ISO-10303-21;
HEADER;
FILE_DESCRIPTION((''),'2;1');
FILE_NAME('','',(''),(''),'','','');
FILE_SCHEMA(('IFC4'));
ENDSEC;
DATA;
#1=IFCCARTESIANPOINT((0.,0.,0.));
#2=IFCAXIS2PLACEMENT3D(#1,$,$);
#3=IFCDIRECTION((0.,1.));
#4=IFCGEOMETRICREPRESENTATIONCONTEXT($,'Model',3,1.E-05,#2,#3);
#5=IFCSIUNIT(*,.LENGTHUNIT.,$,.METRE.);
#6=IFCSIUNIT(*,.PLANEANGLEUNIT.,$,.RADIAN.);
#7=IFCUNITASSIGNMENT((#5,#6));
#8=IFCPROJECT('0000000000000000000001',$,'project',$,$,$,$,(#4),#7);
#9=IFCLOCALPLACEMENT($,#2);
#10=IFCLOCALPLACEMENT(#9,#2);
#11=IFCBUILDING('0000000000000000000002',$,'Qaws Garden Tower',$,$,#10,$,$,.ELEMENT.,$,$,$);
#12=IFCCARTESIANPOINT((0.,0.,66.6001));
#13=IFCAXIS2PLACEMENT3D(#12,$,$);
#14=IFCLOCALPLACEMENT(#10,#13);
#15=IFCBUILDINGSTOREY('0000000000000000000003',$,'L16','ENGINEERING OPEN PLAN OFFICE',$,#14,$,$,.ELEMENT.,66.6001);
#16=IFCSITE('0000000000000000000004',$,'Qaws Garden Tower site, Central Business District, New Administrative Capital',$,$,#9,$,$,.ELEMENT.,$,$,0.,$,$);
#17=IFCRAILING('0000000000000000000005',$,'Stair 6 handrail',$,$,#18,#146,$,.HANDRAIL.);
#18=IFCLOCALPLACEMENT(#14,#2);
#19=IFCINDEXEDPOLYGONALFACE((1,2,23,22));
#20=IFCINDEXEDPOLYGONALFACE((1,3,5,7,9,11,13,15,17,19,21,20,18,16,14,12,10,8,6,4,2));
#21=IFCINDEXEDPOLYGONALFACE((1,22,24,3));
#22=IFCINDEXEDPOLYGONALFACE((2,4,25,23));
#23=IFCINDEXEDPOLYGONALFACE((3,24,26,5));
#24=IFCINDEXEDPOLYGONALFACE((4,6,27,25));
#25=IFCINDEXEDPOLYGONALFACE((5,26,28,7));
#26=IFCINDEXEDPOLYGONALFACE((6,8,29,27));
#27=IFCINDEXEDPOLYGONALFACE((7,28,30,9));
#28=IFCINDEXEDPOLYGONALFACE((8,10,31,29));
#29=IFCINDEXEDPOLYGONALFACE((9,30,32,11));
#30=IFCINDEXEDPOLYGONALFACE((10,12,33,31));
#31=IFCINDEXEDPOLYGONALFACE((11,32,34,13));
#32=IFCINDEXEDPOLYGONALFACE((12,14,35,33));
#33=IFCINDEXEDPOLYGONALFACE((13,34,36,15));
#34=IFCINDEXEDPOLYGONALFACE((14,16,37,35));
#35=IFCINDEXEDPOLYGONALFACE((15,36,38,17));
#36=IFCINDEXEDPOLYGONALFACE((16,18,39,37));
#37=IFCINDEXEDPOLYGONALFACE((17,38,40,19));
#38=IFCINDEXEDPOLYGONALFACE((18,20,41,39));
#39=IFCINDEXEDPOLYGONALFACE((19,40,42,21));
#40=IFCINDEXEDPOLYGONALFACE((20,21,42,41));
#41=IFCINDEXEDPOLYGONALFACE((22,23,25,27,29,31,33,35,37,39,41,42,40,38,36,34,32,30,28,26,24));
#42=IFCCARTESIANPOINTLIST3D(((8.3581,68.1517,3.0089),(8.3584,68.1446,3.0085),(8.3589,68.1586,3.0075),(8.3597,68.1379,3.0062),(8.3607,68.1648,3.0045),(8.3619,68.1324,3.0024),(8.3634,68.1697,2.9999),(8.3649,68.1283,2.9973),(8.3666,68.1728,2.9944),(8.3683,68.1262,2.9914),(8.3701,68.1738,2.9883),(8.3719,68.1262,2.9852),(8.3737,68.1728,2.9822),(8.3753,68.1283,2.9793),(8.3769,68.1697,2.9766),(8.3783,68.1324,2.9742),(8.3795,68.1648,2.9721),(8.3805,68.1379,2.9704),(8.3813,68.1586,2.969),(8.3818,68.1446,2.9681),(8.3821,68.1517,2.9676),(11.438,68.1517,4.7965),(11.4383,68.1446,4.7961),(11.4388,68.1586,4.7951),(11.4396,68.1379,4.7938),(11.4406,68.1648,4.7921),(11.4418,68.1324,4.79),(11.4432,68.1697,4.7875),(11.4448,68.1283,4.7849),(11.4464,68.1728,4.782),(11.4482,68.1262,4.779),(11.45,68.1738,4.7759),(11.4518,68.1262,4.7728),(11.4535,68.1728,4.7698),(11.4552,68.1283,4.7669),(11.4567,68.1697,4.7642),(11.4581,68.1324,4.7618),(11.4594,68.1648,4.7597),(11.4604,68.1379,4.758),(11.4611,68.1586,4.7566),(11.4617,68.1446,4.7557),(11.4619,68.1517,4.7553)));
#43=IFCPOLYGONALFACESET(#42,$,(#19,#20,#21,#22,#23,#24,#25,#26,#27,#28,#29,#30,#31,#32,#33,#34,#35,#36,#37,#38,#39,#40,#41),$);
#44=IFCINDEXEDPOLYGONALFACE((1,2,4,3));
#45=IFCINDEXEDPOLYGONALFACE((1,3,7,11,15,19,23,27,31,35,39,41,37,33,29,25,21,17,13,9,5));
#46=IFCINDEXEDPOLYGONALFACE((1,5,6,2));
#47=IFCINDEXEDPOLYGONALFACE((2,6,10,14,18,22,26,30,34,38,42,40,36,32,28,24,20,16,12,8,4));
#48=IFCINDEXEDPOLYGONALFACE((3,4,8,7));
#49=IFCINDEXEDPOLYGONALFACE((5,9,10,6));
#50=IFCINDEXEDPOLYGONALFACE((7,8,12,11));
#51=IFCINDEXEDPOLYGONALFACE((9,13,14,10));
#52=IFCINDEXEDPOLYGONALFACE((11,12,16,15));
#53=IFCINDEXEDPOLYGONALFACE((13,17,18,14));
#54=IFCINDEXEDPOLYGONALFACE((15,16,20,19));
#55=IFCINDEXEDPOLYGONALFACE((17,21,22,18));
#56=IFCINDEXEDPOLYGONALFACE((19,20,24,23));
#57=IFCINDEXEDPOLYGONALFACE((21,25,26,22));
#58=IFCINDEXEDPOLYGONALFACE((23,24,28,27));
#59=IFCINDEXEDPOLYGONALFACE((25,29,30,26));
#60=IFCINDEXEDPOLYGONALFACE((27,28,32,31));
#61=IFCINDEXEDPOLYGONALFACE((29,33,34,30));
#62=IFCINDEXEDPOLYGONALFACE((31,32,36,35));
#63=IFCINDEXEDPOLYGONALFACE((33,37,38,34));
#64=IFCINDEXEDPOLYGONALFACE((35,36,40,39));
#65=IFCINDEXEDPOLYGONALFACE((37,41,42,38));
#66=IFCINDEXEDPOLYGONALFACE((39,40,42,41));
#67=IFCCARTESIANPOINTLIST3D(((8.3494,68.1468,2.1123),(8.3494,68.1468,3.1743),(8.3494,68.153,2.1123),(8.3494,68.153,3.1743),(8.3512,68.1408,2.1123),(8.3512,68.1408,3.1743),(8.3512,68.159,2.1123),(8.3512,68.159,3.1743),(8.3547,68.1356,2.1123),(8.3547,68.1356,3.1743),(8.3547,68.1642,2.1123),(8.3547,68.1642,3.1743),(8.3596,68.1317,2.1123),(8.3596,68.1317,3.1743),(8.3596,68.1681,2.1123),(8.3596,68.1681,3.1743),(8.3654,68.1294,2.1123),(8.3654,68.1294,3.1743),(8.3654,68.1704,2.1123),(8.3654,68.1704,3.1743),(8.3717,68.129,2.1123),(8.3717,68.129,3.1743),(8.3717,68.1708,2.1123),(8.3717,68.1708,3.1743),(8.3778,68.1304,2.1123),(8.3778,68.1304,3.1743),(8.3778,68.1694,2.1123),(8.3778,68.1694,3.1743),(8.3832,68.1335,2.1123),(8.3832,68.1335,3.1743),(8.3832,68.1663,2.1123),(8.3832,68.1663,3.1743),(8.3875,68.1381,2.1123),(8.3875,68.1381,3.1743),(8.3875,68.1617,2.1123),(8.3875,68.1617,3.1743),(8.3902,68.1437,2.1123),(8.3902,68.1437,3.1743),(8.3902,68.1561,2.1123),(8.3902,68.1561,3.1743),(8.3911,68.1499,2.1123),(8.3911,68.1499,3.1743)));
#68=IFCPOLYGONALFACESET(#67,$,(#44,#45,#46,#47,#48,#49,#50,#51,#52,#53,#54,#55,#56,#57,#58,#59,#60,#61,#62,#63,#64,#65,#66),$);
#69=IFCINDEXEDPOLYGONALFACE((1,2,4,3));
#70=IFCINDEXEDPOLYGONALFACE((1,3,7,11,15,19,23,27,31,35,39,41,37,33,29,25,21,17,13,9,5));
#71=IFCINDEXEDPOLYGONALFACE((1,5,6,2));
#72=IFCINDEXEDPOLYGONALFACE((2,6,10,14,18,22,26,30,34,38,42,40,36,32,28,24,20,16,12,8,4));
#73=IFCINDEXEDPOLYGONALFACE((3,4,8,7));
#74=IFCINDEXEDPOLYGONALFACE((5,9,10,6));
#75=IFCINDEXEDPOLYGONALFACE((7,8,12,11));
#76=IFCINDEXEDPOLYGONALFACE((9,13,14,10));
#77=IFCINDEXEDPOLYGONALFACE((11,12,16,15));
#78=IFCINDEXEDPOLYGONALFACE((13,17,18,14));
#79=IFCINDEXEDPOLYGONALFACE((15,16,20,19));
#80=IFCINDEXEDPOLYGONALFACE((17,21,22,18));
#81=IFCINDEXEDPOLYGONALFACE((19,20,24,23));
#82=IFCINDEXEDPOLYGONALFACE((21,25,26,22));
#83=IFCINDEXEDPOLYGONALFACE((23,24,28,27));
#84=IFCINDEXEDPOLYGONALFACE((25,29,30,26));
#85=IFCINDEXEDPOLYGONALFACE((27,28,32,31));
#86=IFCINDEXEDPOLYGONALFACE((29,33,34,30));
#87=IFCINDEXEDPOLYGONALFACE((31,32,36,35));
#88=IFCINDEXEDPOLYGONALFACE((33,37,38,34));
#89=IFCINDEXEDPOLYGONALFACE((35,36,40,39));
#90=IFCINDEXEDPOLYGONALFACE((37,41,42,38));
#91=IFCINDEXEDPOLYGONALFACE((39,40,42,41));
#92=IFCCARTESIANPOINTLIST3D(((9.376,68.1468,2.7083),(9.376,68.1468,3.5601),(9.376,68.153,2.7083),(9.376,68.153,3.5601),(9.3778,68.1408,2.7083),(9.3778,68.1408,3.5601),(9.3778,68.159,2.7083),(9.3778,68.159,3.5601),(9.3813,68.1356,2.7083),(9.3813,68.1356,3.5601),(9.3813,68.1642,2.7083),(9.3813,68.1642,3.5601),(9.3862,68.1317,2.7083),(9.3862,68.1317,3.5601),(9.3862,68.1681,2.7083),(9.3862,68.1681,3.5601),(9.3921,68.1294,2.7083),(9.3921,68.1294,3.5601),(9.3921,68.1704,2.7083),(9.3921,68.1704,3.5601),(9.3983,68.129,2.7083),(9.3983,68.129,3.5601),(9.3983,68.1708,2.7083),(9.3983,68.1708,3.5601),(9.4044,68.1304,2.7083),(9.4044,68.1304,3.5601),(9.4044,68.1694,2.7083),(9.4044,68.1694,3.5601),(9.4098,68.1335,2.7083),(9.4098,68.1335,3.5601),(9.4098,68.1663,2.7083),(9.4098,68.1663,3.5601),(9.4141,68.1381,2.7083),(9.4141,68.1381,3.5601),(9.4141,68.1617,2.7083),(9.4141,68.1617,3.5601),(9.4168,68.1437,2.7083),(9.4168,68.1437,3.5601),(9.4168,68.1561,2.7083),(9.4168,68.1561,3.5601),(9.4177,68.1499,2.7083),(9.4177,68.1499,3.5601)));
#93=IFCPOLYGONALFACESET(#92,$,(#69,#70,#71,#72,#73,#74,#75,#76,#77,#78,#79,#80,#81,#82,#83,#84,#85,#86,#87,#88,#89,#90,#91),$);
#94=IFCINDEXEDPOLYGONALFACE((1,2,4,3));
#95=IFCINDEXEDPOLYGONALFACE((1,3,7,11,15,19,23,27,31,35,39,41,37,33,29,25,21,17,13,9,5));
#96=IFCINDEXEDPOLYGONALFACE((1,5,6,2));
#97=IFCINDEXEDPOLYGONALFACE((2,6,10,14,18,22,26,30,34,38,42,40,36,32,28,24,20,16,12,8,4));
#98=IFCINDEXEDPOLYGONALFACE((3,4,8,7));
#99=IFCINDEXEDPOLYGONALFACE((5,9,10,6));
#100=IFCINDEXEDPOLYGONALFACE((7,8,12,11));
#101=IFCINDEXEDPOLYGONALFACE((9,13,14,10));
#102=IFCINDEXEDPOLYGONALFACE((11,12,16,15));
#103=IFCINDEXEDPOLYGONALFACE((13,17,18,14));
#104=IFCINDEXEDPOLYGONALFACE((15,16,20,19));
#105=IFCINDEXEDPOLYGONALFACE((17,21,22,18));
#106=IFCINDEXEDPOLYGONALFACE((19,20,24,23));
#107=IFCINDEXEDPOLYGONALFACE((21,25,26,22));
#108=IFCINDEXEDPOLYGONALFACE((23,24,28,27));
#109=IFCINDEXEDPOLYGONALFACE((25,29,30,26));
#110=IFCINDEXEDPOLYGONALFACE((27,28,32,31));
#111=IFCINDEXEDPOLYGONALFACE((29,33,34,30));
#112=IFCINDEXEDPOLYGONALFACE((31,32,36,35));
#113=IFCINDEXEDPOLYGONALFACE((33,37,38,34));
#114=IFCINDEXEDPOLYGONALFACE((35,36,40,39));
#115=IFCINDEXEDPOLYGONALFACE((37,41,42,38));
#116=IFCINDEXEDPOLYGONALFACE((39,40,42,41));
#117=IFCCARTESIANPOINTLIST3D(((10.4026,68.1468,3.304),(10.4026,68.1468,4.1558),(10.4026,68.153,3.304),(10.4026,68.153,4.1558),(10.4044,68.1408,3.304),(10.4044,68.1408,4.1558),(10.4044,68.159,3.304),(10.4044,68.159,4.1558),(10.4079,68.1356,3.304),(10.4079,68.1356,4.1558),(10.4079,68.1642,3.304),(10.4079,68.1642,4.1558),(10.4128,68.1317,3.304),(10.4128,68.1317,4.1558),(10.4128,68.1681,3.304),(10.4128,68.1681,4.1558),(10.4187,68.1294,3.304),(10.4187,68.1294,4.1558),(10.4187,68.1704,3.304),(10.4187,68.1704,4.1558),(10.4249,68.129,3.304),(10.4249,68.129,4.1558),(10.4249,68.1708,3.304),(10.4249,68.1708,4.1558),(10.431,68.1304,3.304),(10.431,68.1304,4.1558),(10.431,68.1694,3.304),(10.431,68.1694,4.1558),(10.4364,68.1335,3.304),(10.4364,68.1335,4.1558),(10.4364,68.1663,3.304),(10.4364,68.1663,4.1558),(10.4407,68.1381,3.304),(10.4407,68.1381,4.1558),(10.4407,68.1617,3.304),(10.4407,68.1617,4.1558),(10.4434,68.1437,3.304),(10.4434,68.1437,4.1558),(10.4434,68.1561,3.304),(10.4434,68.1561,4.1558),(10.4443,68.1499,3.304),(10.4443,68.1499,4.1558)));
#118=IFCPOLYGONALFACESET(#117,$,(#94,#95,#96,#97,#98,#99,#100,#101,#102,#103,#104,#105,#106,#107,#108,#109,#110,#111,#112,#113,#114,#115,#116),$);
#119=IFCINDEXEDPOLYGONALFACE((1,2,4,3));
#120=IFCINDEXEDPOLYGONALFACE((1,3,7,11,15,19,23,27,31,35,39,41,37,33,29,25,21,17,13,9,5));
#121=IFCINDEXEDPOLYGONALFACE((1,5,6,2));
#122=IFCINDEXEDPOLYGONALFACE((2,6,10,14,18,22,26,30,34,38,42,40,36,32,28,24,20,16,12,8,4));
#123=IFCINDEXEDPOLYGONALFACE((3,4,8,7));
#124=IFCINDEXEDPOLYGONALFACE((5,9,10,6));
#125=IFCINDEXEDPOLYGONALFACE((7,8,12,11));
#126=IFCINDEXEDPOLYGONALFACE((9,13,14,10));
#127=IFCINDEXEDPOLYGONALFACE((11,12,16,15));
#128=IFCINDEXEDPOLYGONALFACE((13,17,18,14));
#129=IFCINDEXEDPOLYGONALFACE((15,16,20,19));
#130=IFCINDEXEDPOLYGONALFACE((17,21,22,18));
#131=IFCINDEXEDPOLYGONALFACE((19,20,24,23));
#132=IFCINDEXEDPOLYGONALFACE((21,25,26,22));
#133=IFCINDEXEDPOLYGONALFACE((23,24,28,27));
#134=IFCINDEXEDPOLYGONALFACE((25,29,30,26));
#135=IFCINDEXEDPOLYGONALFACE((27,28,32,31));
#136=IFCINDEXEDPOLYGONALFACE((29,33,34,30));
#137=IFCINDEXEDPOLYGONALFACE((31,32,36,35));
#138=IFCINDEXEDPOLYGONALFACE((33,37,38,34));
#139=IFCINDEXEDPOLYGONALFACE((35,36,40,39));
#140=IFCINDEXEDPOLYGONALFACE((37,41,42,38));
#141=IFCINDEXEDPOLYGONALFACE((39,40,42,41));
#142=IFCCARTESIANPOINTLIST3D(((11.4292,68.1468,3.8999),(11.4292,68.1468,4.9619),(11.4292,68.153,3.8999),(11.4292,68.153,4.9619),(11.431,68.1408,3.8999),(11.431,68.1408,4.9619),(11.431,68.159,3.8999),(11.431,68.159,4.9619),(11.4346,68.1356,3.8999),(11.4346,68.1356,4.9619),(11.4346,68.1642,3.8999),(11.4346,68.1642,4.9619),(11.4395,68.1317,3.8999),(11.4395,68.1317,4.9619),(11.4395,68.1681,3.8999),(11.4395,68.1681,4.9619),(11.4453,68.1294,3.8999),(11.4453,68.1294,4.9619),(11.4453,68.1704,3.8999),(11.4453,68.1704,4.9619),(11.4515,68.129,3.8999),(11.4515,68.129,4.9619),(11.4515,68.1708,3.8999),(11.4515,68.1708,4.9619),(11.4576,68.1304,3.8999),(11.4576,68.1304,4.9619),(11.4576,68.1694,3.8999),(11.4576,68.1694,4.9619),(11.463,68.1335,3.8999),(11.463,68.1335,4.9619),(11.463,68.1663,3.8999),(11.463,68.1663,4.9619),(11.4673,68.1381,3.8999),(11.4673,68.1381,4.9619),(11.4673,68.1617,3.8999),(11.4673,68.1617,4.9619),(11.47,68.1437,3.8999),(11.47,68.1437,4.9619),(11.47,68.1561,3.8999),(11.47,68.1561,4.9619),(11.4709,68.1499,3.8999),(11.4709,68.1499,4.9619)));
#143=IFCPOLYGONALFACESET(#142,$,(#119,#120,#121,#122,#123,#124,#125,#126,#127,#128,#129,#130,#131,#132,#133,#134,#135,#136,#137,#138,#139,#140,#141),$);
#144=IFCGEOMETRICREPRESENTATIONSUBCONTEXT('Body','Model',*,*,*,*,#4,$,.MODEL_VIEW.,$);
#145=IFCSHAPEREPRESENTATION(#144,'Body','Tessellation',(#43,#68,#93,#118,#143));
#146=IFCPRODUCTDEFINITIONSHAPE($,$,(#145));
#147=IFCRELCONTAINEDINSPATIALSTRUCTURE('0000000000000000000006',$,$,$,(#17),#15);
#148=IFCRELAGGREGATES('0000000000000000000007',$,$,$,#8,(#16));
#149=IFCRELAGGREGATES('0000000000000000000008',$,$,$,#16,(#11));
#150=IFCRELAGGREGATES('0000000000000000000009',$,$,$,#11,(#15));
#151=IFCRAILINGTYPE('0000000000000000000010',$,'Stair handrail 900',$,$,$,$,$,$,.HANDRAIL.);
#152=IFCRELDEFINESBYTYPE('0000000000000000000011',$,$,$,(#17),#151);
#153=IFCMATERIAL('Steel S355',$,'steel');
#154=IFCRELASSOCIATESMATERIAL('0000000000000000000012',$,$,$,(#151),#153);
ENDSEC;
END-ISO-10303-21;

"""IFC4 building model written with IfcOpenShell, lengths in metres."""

from ifc_helpers import new_model, si_unit, direction, frame, origin, origin_2d, place, context, subcontext, project, spatial, circle, extrude, material, type_object, element, save


model = new_model("IFC4")

# Units and contexts
model_context = context("Model", 3, precision=1e-05, world=origin(), true_north=direction((0.0, 1.0)))
body_context = subcontext(model_context, "Body", "Model", "MODEL_VIEW")
ifc_project = project(units=[si_unit("LENGTHUNIT", "METRE"), si_unit("PLANEANGLEUNIT", "RADIAN")], contexts=[model_context])

# Site, building, storey
site_placement = place(None, origin())
site = spatial("IfcSite", under=ifc_project, at=site_placement, Name="Qaws Garden Tower site, Central Business District, New Administrative Capital", CompositionType="ELEMENT", RefElevation=0.0)
building_placement = place(site_placement, origin())
building = spatial("IfcBuilding", under=site, at=building_placement, Name="Qaws Garden Tower", CompositionType="ELEMENT")
storey_placement = place(building_placement, frame((0.0, 0.0, 66.6001)))
storey = spatial("IfcBuildingStorey", under=building, at=storey_placement, Name="L16", Description="ENGINEERING OPEN PLAN OFFICE", CompositionType="ELEMENT", Elevation=66.6001)

# Railing
ifc_material_1 = material(Name="Steel S355", Category="steel")
railing_type = type_object("IfcRailingType", Name="Stair handrail 900", PredefinedType="HANDRAIL", material=ifc_material_1)
railing_1_placement = place(storey_placement, frame((8.3701, 68.1499, 2.1123)))
element("IfcRailing", 1, at=railing_1_placement, inside=storey, type_object=railing_type, Name="Stair 6 handrail", PredefinedType="HANDRAIL", context=body_context, shape_type="SweptSolid", body=[
    extrude(circle(Radius=0.0239, at=origin_2d()), frame((0.0, 0.0, 0.876), z_axis=(0.864873, 0.0, 0.50199), x_axis=(0.0, 1.0, 0.0)), (0.0, 0.0, 1.0), 3.561),
    extrude(circle(Radius=0.021, at=origin_2d()), origin(), (0.0, 0.0, 1.0), 1.062),
    extrude(circle(Radius=0.021, at=origin_2d()), frame((1.0266, 0.0, 0.5959)), (0.0, 0.0, 1.0), 0.8518),
    extrude(circle(Radius=0.021, at=origin_2d()), frame((2.0532, 0.0, 1.1917)), (0.0, 0.0, 1.0), 0.8518),
    extrude(circle(Radius=0.021, at=origin_2d()), frame((3.0798, 0.0, 1.7876)), (0.0, 0.0, 1.0), 1.062),
])

save(model, "model.ifc")
